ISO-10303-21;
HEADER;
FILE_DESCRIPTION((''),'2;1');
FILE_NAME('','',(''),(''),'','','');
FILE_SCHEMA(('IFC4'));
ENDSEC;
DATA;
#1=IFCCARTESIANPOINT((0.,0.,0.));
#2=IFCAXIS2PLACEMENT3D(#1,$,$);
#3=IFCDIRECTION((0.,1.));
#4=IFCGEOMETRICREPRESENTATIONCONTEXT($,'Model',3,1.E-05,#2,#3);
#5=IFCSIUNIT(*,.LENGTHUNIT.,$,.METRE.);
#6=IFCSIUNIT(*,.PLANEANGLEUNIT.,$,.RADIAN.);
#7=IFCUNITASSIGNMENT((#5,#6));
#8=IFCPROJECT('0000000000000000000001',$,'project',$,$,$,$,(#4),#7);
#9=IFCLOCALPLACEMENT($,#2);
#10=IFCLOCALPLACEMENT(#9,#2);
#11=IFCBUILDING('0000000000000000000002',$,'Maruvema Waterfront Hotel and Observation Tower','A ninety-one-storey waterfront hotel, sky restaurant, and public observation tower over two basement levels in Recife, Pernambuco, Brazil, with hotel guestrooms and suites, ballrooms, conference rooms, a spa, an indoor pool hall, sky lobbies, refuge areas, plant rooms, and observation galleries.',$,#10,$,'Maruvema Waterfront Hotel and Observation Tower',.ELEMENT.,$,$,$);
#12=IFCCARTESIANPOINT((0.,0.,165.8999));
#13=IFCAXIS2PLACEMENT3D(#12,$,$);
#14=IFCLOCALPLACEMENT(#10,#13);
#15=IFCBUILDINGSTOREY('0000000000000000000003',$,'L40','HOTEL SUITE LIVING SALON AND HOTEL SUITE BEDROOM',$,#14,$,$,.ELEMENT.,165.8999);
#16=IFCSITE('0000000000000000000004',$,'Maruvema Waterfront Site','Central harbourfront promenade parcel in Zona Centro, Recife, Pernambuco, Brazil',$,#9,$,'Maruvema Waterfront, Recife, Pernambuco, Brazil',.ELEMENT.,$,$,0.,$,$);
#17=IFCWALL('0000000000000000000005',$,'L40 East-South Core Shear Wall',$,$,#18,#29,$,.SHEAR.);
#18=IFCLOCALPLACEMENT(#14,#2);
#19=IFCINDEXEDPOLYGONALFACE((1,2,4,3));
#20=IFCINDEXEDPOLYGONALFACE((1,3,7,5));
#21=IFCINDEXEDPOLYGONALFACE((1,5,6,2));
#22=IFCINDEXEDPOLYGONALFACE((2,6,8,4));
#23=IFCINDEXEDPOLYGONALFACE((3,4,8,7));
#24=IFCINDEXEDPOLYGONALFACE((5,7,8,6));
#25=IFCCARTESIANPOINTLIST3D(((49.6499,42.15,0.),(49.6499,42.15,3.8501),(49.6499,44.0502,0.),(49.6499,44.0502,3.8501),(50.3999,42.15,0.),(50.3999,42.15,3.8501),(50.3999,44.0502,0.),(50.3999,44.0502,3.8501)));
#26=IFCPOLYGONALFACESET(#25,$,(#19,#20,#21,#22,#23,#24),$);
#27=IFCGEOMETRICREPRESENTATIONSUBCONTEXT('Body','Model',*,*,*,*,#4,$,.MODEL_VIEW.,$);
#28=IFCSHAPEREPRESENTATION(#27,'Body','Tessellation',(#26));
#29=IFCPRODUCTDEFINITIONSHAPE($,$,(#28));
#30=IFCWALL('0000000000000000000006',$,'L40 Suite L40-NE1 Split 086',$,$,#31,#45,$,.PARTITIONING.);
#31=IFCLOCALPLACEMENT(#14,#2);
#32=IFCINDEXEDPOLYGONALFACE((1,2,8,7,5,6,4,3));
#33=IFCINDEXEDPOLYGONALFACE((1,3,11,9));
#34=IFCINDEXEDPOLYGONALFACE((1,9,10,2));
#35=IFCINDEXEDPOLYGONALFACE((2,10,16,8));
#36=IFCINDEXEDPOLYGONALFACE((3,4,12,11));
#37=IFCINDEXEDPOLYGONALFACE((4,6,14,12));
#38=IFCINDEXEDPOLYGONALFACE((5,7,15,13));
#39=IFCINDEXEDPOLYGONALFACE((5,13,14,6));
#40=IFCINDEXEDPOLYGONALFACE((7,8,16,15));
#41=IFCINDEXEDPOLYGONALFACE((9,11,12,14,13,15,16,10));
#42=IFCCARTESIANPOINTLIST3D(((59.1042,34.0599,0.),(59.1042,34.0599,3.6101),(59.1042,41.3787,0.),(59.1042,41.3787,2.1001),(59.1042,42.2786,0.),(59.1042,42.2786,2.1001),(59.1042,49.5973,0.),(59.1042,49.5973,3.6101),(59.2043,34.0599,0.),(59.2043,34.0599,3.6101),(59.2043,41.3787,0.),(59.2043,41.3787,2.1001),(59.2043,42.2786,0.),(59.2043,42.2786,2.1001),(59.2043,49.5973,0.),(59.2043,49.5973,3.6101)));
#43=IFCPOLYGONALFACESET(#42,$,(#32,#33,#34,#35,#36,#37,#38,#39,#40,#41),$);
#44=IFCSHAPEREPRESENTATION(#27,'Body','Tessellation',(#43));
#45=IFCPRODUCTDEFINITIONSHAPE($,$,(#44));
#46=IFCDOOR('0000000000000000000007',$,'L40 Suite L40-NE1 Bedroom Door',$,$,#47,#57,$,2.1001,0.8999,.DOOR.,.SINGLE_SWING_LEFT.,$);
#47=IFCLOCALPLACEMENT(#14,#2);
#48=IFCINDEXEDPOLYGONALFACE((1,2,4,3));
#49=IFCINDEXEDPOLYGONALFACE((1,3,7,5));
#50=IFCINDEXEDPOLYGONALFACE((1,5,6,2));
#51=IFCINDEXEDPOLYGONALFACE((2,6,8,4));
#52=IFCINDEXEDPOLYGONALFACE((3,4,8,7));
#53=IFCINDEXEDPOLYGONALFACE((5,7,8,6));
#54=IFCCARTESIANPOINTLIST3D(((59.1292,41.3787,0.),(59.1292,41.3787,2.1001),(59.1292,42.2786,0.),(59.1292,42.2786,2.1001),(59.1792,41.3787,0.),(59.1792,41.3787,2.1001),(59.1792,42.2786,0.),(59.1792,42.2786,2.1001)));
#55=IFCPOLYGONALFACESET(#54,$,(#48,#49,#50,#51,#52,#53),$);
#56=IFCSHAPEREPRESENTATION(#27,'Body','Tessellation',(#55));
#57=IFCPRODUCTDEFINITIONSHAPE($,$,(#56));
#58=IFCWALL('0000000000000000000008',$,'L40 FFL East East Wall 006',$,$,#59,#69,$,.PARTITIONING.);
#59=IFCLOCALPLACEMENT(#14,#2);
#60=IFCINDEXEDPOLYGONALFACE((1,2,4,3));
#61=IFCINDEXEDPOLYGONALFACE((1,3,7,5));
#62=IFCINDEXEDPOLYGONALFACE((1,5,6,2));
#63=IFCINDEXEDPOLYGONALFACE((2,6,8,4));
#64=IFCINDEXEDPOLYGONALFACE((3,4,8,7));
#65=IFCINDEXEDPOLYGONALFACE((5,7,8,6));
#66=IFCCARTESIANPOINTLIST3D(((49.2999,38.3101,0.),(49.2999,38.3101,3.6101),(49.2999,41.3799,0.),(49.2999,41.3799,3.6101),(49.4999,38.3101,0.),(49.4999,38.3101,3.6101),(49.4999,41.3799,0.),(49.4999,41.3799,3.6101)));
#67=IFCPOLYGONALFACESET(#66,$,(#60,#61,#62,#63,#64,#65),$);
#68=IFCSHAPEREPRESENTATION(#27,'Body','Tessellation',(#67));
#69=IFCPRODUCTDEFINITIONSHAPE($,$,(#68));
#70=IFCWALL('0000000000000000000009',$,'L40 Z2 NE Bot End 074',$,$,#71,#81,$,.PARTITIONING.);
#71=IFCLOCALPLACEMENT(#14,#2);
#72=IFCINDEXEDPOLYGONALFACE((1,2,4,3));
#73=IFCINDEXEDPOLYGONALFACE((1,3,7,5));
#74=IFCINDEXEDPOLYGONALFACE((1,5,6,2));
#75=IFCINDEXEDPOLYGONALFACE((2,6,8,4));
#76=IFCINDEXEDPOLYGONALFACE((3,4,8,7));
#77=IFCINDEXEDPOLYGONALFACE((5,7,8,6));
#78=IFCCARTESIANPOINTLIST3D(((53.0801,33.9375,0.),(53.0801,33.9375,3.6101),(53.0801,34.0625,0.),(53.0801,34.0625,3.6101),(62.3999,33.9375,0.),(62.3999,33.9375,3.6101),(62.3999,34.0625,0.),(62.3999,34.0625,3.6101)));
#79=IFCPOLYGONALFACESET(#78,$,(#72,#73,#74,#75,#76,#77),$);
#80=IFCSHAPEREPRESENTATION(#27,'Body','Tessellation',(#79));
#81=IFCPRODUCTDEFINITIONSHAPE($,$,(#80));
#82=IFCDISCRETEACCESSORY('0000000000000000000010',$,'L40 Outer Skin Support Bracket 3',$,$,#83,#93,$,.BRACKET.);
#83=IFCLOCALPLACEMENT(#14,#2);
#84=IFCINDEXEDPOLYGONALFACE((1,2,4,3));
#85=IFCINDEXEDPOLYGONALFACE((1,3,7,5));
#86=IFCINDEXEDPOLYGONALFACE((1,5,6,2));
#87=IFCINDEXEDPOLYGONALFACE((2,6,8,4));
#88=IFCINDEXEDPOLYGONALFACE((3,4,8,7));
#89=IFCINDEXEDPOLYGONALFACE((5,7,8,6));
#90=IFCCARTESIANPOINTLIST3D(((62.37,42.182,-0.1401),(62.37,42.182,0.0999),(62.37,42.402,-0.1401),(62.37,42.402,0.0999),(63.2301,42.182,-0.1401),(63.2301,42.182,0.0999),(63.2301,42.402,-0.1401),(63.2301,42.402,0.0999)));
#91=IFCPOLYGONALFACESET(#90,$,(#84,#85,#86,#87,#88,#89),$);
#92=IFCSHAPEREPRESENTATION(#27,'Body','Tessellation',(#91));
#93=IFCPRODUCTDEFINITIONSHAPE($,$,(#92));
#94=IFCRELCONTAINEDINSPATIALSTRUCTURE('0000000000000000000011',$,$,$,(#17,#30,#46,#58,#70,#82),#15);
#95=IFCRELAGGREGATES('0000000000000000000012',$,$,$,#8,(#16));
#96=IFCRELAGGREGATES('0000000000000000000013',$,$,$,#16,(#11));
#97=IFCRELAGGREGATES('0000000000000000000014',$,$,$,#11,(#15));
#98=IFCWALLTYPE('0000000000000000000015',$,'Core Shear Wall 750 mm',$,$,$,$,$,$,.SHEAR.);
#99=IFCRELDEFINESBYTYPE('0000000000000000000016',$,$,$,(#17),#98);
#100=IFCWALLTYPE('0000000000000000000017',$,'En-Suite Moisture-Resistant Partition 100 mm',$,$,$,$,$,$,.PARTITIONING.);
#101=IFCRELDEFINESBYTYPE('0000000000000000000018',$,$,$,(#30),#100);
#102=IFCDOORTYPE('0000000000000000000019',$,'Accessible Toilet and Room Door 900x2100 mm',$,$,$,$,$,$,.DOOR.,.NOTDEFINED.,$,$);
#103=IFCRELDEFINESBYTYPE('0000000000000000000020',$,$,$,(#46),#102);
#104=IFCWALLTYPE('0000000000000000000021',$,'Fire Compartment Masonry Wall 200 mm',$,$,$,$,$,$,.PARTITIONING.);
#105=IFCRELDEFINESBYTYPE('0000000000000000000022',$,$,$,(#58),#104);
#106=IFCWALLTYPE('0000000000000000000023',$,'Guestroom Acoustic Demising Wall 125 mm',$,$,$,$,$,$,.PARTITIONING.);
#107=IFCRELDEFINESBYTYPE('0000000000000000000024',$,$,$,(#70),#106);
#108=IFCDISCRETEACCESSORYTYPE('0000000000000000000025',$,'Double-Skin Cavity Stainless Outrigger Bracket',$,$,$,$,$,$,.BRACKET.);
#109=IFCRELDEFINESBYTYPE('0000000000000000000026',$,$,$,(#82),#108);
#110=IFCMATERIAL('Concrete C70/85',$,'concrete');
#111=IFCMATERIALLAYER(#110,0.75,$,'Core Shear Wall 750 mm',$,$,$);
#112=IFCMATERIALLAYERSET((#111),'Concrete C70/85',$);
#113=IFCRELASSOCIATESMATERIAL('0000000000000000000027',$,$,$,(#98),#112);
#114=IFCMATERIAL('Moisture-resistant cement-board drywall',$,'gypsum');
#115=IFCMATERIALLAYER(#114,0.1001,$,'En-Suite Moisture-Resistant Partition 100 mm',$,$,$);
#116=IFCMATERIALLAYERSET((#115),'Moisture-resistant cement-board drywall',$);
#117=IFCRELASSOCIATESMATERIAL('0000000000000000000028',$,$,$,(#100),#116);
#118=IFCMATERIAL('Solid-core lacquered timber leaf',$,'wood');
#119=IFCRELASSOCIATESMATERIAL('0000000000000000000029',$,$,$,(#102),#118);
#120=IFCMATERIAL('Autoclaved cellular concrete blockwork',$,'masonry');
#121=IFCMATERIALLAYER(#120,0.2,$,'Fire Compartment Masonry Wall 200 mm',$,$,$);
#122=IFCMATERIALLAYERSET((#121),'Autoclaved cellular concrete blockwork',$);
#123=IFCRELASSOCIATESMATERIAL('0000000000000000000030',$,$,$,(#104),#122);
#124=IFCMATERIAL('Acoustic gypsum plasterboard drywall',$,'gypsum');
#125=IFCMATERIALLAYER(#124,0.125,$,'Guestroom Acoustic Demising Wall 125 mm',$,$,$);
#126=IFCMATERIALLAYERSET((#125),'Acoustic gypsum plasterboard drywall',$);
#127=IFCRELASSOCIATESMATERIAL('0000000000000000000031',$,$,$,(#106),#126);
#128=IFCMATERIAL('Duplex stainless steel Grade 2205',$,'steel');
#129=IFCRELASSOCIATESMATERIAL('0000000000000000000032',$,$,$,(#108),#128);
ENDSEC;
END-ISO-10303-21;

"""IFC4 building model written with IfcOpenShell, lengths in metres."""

from ifc_helpers import new_model, si_unit, direction, frame, frame_2d, origin, origin_2d, place, context, subcontext, project, spatial, rectangle, extrude, material, layer, layer_set, type_object, element, fill, save


model = new_model("IFC4")

# Units and contexts
model_context = context("Model", 3, precision=1e-05, world=origin(), true_north=direction((0.0, 1.0)))
body_context = subcontext(model_context, "Body", "Model", "MODEL_VIEW")
ifc_project = project(units=[si_unit("LENGTHUNIT", "METRE"), si_unit("PLANEANGLEUNIT", "RADIAN")], contexts=[model_context])

# Site, building, storey
site_placement = place(None, origin())
site = spatial("IfcSite", under=ifc_project, at=site_placement, Name="Maruvema Waterfront Site", Description="Central harbourfront promenade parcel in Zona Centro, Recife, Pernambuco, Brazil", LongName="Maruvema Waterfront, Recife, Pernambuco, Brazil", CompositionType="ELEMENT", RefElevation=0.0)
building_placement = place(site_placement, origin())
building = spatial("IfcBuilding", under=site, at=building_placement, Name="Maruvema Waterfront Hotel and Observation Tower", Description="A ninety-one-storey waterfront hotel, sky restaurant, and public observation tower over two basement levels in Recife, Pernambuco, Brazil, with hotel guestrooms and suites, ballrooms, conference rooms, a spa, an indoor pool hall, sky lobbies, refuge areas, plant rooms, and observation galleries.", LongName="Maruvema Waterfront Hotel and Observation Tower", CompositionType="ELEMENT")
storey_placement = place(building_placement, frame((0.0, 0.0, 165.8999)))
storey = spatial("IfcBuildingStorey", under=building, at=storey_placement, Name="L40", Description="HOTEL SUITE LIVING SALON AND HOTEL SUITE BEDROOM", CompositionType="ELEMENT", Elevation=165.8999)

# Wall
ifc_material_1 = material(Name="Concrete C70/85", Category="concrete")
ifc_layer_1 = layer(ifc_material_1, 0.75, Name="Core Shear Wall 750 mm")
ifc_layer_set_1 = layer_set([ifc_layer_1], Name="Concrete C70/85")
wall_type_1 = type_object("IfcWallType", Name="Core Shear Wall 750 mm", PredefinedType="SHEAR", material=ifc_layer_set_1)
wall_1_placement = place(storey_placement, frame((50.0249, 42.1499, 0.0), z_axis=(0.0, 0.0, 1.0), x_axis=(0.0, 1.0, 0.0)))
element("IfcWall", 1, at=wall_1_placement, inside=storey, type_object=wall_type_1, Name="L40 East-South Core Shear Wall", PredefinedType="SHEAR", context=body_context, shape_type="SweptSolid", body=[
    extrude(rectangle(XDim=1.9001, YDim=0.75, at=frame_2d((0.9502, 0.0))), origin(), (0.0, 0.0, 1.0), 3.8501),
])

# Wall, opening, door
ifc_material_2 = material(Name="Moisture-resistant cement-board drywall", Category="gypsum")
ifc_layer_2 = layer(ifc_material_2, 0.1001, Name="En-Suite Moisture-Resistant Partition 100 mm")
ifc_layer_set_2 = layer_set([ifc_layer_2], Name="Moisture-resistant cement-board drywall")
wall_type_2 = type_object("IfcWallType", Name="En-Suite Moisture-Resistant Partition 100 mm", PredefinedType="PARTITIONING", material=ifc_layer_set_2)
wall_2_placement = place(storey_placement, frame((59.1543, 34.0601, 0.0), z_axis=(0.0, 0.0, 1.0), x_axis=(0.0, 1.0, 0.0)))
wall_2 = element("IfcWall", 2, at=wall_2_placement, inside=storey, type_object=wall_type_2, Name="L40 Suite L40-NE1 Split 086", PredefinedType="PARTITIONING", context=body_context, shape_type="SweptSolid", body=[
    extrude(rectangle(XDim=15.5374, YDim=0.1001, at=frame_2d((7.7686, 0.0))), origin(), (0.0, 0.0, 1.0), 3.6101),
])
opening_1_placement = place(wall_2_placement, frame((7.3186, 0.0, 0.0)))
opening_1 = element("IfcOpeningElement", 3, at=opening_1_placement, cuts=wall_2, PredefinedType="OPENING", context=body_context, shape_type="SweptSolid", body=[
    extrude(rectangle(XDim=0.8999, YDim=2.1001, at=frame_2d((0.45, 1.05))), frame((0.0, 0.0601, 0.0), z_axis=(0.0, -1.0, 0.0), x_axis=(1.0, 0.0, 0.0)), (0.0, 0.0, 1.0), 0.1201),
])
ifc_material_3 = material(Name="Solid-core lacquered timber leaf", Category="wood")
door_type_1 = type_object("IfcDoorType", Name="Accessible Toilet and Room Door 900x2100 mm", OperationType="NOTDEFINED", PredefinedType="DOOR", material=ifc_material_3)
door_1_placement = place(opening_1_placement, frame((0.8999, 0.0, 0.0), z_axis=(0.0, 0.0, 1.0), x_axis=(-1.0, 0.0, 0.0)))
door_1 = element("IfcDoor", 4, at=door_1_placement, inside=storey, type_object=door_type_1, Name="L40 Suite L40-NE1 Bedroom Door", OperationType="SINGLE_SWING_LEFT", OverallHeight=2.1001, OverallWidth=0.8999, PredefinedType="DOOR", context=body_context, shape_type="SweptSolid", body=[
    extrude(rectangle(XDim=0.8999, YDim=2.1001, at=frame_2d((0.45, 1.05))), frame((0.0, 0.0249, 0.0), z_axis=(0.0, -1.0, 0.0), x_axis=(1.0, 0.0, 0.0)), (0.0, 0.0, 1.0), 0.05),
])
fill(opening_1, door_1)

# Walls
ifc_material_4 = material(Name="Autoclaved cellular concrete blockwork", Category="masonry")
ifc_layer_3 = layer(ifc_material_4, 0.2, Name="Fire Compartment Masonry Wall 200 mm")
ifc_layer_set_3 = layer_set([ifc_layer_3], Name="Autoclaved cellular concrete blockwork")
wall_type_3 = type_object("IfcWallType", Name="Fire Compartment Masonry Wall 200 mm", PredefinedType="PARTITIONING", material=ifc_layer_set_3)
wall_3_placement = place(storey_placement, frame((49.3999, 38.3101, 0.0), z_axis=(0.0, 0.0, 1.0), x_axis=(0.0, 1.0, 0.0)))
element("IfcWall", 5, at=wall_3_placement, inside=storey, type_object=wall_type_3, Name="L40 FFL East East Wall 006", PredefinedType="PARTITIONING", context=body_context, shape_type="SweptSolid", body=[
    extrude(rectangle(XDim=3.0698, YDim=0.2, at=frame_2d((1.5349, 0.0))), origin(), (0.0, 0.0, 1.0), 3.6101),
])
ifc_material_5 = material(Name="Acoustic gypsum plasterboard drywall", Category="gypsum")
ifc_layer_4 = layer(ifc_material_5, 0.125, Name="Guestroom Acoustic Demising Wall 125 mm")
ifc_layer_set_4 = layer_set([ifc_layer_4], Name="Acoustic gypsum plasterboard drywall")
wall_type_4 = type_object("IfcWallType", Name="Guestroom Acoustic Demising Wall 125 mm", PredefinedType="PARTITIONING", material=ifc_layer_set_4)
wall_4_placement = place(storey_placement, frame((53.0801, 34.0, 0.0), z_axis=(0.0, 0.0, 1.0), x_axis=(1.0, 0.0, 0.0)))
element("IfcWall", 6, at=wall_4_placement, inside=storey, type_object=wall_type_4, Name="L40 Z2 NE Bot End 074", PredefinedType="PARTITIONING", context=body_context, shape_type="SweptSolid", body=[
    extrude(rectangle(XDim=9.3198, YDim=0.125, at=frame_2d((4.6599, 0.0))), origin(), (0.0, 0.0, 1.0), 3.6101),
])

# Discrete accessory
ifc_material_6 = material(Name="Duplex stainless steel Grade 2205", Category="steel")
discrete_accessory_type = type_object("IfcDiscreteAccessoryType", Name="Double-Skin Cavity Stainless Outrigger Bracket", PredefinedType="BRACKET", material=ifc_material_6)
discrete_accessory_placement = place(storey_placement, frame((62.8, 42.292, -0.1401), z_axis=(0.0, 0.0, 1.0), x_axis=(0.0, 1.0, 0.0)))
element("IfcDiscreteAccessory", 7, at=discrete_accessory_placement, inside=storey, type_object=discrete_accessory_type, Name="L40 Outer Skin Support Bracket 3", PredefinedType="BRACKET", context=body_context, shape_type="SweptSolid", body=[
    extrude(rectangle(XDim=0.22, YDim=0.8601, at=origin_2d()), origin(), (0.0, 0.0, 1.0), 0.24),
])

save(model, "model.ifc")
